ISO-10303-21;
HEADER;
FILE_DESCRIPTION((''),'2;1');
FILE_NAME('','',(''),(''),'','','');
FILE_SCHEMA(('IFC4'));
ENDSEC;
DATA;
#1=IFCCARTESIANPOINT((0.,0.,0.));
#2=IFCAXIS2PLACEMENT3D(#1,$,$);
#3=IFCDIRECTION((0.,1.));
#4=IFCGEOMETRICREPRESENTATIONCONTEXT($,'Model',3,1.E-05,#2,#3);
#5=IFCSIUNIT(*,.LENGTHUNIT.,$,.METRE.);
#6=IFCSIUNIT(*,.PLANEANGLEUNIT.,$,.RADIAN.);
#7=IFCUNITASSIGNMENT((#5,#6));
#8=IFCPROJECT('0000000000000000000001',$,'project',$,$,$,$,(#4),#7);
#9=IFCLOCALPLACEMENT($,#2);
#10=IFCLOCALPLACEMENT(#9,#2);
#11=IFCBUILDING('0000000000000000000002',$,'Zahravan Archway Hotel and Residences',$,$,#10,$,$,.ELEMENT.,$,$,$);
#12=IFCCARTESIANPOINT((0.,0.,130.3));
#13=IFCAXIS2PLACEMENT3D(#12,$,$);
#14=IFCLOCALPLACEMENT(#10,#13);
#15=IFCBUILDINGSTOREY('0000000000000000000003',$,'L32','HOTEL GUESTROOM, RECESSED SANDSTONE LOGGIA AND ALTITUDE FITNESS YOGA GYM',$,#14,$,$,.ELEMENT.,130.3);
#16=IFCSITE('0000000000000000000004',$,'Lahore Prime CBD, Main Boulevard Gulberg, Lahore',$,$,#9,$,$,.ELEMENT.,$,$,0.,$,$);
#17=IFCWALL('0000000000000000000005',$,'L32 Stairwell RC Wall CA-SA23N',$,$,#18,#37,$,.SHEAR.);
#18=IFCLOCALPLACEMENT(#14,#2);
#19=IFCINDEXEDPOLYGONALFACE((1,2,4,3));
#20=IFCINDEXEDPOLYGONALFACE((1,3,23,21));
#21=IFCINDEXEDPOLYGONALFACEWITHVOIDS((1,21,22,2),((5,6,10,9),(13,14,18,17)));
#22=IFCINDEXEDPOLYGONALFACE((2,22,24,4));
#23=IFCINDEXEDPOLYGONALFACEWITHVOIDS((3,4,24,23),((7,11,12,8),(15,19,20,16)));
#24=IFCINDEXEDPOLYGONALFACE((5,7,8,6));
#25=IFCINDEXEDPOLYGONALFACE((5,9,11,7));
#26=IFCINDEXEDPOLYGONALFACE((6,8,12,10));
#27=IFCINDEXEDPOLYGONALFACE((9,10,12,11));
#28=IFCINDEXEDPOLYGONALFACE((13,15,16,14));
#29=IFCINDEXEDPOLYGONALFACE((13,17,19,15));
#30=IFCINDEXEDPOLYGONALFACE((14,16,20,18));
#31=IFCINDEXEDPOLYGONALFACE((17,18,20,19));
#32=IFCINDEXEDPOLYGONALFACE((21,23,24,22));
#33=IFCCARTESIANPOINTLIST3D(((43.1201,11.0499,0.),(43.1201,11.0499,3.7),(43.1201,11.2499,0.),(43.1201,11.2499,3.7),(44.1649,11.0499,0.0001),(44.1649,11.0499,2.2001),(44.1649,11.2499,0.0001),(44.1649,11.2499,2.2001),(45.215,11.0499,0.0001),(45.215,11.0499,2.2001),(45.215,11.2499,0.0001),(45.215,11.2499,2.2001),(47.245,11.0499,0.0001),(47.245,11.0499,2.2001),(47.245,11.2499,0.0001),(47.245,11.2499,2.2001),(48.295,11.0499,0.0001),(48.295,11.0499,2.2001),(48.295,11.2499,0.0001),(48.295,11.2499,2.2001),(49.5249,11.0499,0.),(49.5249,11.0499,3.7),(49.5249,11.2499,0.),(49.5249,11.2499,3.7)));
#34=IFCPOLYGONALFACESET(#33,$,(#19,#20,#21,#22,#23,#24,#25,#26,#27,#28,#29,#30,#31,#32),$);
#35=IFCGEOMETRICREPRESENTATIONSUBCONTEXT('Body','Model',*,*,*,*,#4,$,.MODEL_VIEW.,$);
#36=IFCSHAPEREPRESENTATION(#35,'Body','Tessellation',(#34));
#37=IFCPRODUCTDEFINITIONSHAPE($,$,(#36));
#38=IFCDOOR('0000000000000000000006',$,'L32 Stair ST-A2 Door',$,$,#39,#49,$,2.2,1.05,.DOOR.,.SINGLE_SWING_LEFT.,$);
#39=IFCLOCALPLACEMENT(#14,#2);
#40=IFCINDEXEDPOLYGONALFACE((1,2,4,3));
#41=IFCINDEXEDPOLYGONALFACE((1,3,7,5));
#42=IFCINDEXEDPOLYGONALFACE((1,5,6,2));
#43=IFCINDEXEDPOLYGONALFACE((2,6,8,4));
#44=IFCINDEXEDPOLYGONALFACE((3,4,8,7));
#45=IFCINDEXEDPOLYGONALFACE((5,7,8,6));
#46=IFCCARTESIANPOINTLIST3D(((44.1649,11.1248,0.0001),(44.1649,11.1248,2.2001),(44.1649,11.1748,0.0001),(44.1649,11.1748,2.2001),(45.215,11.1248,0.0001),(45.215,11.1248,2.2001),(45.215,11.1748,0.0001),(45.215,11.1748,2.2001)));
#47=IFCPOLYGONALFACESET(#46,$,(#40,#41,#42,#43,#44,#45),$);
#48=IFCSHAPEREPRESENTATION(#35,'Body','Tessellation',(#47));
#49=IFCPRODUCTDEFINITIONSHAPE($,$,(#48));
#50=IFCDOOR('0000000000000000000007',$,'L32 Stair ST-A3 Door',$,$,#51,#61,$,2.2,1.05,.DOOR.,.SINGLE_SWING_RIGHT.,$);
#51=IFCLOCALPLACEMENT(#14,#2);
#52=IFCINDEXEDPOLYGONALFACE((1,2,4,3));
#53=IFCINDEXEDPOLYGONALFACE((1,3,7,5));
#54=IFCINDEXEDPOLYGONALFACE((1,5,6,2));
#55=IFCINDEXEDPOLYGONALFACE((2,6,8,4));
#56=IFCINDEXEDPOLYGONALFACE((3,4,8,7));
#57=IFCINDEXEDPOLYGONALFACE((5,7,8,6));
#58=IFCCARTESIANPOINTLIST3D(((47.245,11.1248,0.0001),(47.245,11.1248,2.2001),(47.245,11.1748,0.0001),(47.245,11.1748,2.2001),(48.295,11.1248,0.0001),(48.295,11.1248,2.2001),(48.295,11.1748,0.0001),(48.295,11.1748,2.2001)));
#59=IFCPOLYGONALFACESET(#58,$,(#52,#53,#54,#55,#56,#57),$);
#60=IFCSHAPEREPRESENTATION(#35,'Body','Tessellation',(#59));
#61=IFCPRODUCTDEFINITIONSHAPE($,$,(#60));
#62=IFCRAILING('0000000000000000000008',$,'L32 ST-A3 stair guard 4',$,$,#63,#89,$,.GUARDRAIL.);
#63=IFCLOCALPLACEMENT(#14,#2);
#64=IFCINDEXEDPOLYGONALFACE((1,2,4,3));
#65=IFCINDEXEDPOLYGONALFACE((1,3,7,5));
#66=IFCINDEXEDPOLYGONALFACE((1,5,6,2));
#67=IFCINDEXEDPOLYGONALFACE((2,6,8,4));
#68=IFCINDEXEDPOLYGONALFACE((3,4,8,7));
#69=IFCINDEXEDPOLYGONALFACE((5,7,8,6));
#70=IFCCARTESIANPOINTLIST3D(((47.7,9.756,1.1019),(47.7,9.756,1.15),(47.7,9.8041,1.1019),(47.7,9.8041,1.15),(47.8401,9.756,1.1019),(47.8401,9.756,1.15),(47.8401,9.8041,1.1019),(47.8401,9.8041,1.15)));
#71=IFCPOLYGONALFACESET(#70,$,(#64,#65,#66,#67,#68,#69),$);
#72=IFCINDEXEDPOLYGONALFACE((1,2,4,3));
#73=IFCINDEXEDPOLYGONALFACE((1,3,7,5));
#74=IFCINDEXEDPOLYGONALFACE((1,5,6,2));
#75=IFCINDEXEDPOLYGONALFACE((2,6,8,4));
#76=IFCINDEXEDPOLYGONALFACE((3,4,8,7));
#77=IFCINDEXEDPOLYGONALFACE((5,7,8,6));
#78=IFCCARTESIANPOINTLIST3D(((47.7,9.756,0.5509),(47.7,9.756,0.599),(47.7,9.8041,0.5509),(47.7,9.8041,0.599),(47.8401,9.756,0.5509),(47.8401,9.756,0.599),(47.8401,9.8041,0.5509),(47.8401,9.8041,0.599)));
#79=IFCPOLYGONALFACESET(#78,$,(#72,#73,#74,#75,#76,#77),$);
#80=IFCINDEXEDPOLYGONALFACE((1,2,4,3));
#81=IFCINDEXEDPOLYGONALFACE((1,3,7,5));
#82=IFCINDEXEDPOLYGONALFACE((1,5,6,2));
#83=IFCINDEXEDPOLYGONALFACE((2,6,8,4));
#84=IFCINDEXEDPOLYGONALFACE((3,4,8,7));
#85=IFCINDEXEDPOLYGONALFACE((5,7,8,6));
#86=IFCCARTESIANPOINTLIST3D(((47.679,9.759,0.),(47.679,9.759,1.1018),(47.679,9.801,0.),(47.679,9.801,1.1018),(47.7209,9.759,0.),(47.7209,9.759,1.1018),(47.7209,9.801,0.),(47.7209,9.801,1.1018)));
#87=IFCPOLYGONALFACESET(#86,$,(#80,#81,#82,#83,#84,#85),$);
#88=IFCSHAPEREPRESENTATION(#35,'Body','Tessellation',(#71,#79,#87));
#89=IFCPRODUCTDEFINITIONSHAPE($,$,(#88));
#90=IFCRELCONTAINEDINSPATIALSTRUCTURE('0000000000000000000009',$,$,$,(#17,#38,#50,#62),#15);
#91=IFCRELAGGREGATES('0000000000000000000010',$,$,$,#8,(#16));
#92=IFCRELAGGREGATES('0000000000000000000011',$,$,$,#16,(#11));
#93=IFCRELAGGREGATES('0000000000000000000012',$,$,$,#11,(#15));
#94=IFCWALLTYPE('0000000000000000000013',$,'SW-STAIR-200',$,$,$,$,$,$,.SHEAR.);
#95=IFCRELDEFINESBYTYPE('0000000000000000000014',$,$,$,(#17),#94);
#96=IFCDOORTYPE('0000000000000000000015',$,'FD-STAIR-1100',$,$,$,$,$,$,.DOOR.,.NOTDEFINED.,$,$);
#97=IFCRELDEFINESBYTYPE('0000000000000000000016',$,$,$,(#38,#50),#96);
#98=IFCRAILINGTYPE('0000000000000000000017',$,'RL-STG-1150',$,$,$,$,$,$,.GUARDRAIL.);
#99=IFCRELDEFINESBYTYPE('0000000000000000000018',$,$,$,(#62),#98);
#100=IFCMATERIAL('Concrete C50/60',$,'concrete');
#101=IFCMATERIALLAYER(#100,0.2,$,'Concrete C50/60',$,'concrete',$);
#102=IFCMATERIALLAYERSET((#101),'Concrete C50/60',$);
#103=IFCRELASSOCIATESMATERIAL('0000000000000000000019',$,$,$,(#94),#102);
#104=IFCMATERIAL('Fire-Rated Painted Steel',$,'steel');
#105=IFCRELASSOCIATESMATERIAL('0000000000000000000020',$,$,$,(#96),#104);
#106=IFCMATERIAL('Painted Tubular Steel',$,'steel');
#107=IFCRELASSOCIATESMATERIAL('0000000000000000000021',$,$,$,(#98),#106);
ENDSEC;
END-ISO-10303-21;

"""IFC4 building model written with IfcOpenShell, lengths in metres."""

from ifc_helpers import new_model, si_unit, direction, frame, frame_2d, origin, origin_2d, place, context, subcontext, project, spatial, rectangle, extrude, source, transform, mapped, material, layer, layer_set, type_object, type_shapes, element, fill, save


model = new_model("IFC4")

# Units and contexts
model_context = context("Model", 3, precision=1e-05, world=origin(), true_north=direction((0.0, 1.0)))
body_context = subcontext(model_context, "Body", "Model", "MODEL_VIEW")
ifc_project = project(units=[si_unit("LENGTHUNIT", "METRE"), si_unit("PLANEANGLEUNIT", "RADIAN")], contexts=[model_context])

# Site, building, storey
site_placement = place(None, origin())
site = spatial("IfcSite", under=ifc_project, at=site_placement, Name="Lahore Prime CBD, Main Boulevard Gulberg, Lahore", CompositionType="ELEMENT", RefElevation=0.0)
building_placement = place(site_placement, origin())
building = spatial("IfcBuilding", under=site, at=building_placement, Name="Zahravan Archway Hotel and Residences", CompositionType="ELEMENT")
storey_placement = place(building_placement, frame((0.0, 0.0, 130.3)))
storey = spatial("IfcBuildingStorey", under=building, at=storey_placement, Name="L32", Description="HOTEL GUESTROOM, RECESSED SANDSTONE LOGGIA AND ALTITUDE FITNESS YOGA GYM", CompositionType="ELEMENT", Elevation=130.3)

# Shared definitions
ifc_material_1 = material(Name="Fire-Rated Painted Steel", Category="steel")

# Wall, openings, doors
ifc_material_2 = material(Name="Concrete C50/60", Category="concrete")
ifc_layer_1 = layer(ifc_material_2, 0.2, Name="Concrete C50/60", Category="concrete")
ifc_layer_set_1 = layer_set([ifc_layer_1], Name="Concrete C50/60")
wall_type_1 = type_object("IfcWallType", Name="SW-STAIR-200", PredefinedType="SHEAR", material=ifc_layer_set_1)
wall_1_placement = place(storey_placement, frame((43.1201, 11.1499, 0.0), z_axis=(0.0, 0.0, 1.0), x_axis=(1.0, 0.0, 0.0)))
wall_1 = element("IfcWall", 1, at=wall_1_placement, inside=storey, type_object=wall_type_1, Name="L32 Stairwell RC Wall CA-SA23N", PredefinedType="SHEAR", context=body_context, shape_type="SweptSolid", body=[
    extrude(rectangle(XDim=6.4048, YDim=0.2, at=frame_2d((3.2024, 0.0))), origin(), (0.0, 0.0, 1.0), 3.7),
])
opening_1_placement = place(wall_1_placement, frame((1.0449, 0.0, 0.0)))
opening_1 = element("IfcOpeningElement", 2, at=opening_1_placement, cuts=wall_1, PredefinedType="OPENING", context=body_context, shape_type="SweptSolid", body=[
    extrude(rectangle(XDim=1.05, YDim=2.2, at=frame_2d((0.5249, 1.1001))), frame((0.0, 0.1099, 0.0), z_axis=(0.0, -1.0, 0.0), x_axis=(1.0, 0.0, 0.0)), (0.0, 0.0, 1.0), 0.22),
])
opening_2_placement = place(wall_1_placement, frame((4.125, 0.0, 0.0)))
opening_2 = element("IfcOpeningElement", 3, at=opening_2_placement, cuts=wall_1, PredefinedType="OPENING", context=body_context, shape_type="SweptSolid", body=[
    extrude(rectangle(XDim=1.05, YDim=2.2, at=frame_2d((0.5249, 1.1001))), frame((0.0, 0.1099, 0.0), z_axis=(0.0, -1.0, 0.0), x_axis=(1.0, 0.0, 0.0)), (0.0, 0.0, 1.0), 0.22),
])
door_type_1 = type_object("IfcDoorType", Name="FD-STAIR-1100", OperationType="NOTDEFINED", PredefinedType="DOOR", material=ifc_material_1)
shared_shape_1 = source(origin(), body_context, "Body", "SweptSolid", [
    extrude(rectangle(XDim=1.05, YDim=2.2, at=frame_2d((0.5249, 1.1001))), frame((0.0, 0.0249, 0.0), z_axis=(0.0, -1.0, 0.0), x_axis=(1.0, 0.0, 0.0)), (0.0, 0.0, 1.0), 0.05),
])
type_shapes(door_type_1, [shared_shape_1])
door_1_placement = place(opening_1_placement, origin())
door_1 = element("IfcDoor", 4, at=door_1_placement, inside=storey, type_object=door_type_1, Name="L32 Stair ST-A2 Door", OperationType="SINGLE_SWING_LEFT", OverallHeight=2.2, OverallWidth=1.05, PredefinedType="DOOR", context=body_context, shape_type="MappedRepresentation", body=[
    mapped(shared_shape_1, transform((0.0, 0.0, 0.0), scale=1.0)),
])
fill(opening_1, door_1)
door_2_placement = place(opening_2_placement, origin())
door_2 = element("IfcDoor", 5, at=door_2_placement, inside=storey, type_object=door_type_1, Name="L32 Stair ST-A3 Door", OperationType="SINGLE_SWING_RIGHT", OverallHeight=2.2, OverallWidth=1.05, PredefinedType="DOOR", context=body_context, shape_type="MappedRepresentation", body=[
    mapped(shared_shape_1, transform((0.0, 0.0, 0.0), scale=1.0)),
])
fill(opening_2, door_2)

# Railing
ifc_material_3 = material(Name="Painted Tubular Steel", Category="steel")
railing_type = type_object("IfcRailingType", Name="RL-STG-1150", PredefinedType="GUARDRAIL", material=ifc_material_3)
railing_placement = place(storey_placement, frame((47.7, 9.78, 0.0)))
element("IfcRailing", 6, at=railing_placement, inside=storey, type_object=railing_type, Name="L32 ST-A3 stair guard 4", PredefinedType="GUARDRAIL", context=body_context, shape_type="SweptSolid", body=[
    extrude(rectangle(XDim=0.0481, YDim=0.0481, at=origin_2d()), frame((0.0, 0.0, 1.126), z_axis=(1.0, 0.0, 0.0), x_axis=(0.0, 1.0, 0.0)), (0.0, 0.0, 1.0), 0.1401),
    extrude(rectangle(XDim=0.0481, YDim=0.0481, at=origin_2d()), frame((0.0, 0.0, 0.575), z_axis=(1.0, 0.0, 0.0), x_axis=(0.0, 1.0, 0.0)), (0.0, 0.0, 1.0), 0.1401),
    extrude(rectangle(XDim=0.042, YDim=0.042, at=origin_2d()), origin(), (0.0, 0.0, 1.0), 1.1018),
])

save(model, "model.ifc")
